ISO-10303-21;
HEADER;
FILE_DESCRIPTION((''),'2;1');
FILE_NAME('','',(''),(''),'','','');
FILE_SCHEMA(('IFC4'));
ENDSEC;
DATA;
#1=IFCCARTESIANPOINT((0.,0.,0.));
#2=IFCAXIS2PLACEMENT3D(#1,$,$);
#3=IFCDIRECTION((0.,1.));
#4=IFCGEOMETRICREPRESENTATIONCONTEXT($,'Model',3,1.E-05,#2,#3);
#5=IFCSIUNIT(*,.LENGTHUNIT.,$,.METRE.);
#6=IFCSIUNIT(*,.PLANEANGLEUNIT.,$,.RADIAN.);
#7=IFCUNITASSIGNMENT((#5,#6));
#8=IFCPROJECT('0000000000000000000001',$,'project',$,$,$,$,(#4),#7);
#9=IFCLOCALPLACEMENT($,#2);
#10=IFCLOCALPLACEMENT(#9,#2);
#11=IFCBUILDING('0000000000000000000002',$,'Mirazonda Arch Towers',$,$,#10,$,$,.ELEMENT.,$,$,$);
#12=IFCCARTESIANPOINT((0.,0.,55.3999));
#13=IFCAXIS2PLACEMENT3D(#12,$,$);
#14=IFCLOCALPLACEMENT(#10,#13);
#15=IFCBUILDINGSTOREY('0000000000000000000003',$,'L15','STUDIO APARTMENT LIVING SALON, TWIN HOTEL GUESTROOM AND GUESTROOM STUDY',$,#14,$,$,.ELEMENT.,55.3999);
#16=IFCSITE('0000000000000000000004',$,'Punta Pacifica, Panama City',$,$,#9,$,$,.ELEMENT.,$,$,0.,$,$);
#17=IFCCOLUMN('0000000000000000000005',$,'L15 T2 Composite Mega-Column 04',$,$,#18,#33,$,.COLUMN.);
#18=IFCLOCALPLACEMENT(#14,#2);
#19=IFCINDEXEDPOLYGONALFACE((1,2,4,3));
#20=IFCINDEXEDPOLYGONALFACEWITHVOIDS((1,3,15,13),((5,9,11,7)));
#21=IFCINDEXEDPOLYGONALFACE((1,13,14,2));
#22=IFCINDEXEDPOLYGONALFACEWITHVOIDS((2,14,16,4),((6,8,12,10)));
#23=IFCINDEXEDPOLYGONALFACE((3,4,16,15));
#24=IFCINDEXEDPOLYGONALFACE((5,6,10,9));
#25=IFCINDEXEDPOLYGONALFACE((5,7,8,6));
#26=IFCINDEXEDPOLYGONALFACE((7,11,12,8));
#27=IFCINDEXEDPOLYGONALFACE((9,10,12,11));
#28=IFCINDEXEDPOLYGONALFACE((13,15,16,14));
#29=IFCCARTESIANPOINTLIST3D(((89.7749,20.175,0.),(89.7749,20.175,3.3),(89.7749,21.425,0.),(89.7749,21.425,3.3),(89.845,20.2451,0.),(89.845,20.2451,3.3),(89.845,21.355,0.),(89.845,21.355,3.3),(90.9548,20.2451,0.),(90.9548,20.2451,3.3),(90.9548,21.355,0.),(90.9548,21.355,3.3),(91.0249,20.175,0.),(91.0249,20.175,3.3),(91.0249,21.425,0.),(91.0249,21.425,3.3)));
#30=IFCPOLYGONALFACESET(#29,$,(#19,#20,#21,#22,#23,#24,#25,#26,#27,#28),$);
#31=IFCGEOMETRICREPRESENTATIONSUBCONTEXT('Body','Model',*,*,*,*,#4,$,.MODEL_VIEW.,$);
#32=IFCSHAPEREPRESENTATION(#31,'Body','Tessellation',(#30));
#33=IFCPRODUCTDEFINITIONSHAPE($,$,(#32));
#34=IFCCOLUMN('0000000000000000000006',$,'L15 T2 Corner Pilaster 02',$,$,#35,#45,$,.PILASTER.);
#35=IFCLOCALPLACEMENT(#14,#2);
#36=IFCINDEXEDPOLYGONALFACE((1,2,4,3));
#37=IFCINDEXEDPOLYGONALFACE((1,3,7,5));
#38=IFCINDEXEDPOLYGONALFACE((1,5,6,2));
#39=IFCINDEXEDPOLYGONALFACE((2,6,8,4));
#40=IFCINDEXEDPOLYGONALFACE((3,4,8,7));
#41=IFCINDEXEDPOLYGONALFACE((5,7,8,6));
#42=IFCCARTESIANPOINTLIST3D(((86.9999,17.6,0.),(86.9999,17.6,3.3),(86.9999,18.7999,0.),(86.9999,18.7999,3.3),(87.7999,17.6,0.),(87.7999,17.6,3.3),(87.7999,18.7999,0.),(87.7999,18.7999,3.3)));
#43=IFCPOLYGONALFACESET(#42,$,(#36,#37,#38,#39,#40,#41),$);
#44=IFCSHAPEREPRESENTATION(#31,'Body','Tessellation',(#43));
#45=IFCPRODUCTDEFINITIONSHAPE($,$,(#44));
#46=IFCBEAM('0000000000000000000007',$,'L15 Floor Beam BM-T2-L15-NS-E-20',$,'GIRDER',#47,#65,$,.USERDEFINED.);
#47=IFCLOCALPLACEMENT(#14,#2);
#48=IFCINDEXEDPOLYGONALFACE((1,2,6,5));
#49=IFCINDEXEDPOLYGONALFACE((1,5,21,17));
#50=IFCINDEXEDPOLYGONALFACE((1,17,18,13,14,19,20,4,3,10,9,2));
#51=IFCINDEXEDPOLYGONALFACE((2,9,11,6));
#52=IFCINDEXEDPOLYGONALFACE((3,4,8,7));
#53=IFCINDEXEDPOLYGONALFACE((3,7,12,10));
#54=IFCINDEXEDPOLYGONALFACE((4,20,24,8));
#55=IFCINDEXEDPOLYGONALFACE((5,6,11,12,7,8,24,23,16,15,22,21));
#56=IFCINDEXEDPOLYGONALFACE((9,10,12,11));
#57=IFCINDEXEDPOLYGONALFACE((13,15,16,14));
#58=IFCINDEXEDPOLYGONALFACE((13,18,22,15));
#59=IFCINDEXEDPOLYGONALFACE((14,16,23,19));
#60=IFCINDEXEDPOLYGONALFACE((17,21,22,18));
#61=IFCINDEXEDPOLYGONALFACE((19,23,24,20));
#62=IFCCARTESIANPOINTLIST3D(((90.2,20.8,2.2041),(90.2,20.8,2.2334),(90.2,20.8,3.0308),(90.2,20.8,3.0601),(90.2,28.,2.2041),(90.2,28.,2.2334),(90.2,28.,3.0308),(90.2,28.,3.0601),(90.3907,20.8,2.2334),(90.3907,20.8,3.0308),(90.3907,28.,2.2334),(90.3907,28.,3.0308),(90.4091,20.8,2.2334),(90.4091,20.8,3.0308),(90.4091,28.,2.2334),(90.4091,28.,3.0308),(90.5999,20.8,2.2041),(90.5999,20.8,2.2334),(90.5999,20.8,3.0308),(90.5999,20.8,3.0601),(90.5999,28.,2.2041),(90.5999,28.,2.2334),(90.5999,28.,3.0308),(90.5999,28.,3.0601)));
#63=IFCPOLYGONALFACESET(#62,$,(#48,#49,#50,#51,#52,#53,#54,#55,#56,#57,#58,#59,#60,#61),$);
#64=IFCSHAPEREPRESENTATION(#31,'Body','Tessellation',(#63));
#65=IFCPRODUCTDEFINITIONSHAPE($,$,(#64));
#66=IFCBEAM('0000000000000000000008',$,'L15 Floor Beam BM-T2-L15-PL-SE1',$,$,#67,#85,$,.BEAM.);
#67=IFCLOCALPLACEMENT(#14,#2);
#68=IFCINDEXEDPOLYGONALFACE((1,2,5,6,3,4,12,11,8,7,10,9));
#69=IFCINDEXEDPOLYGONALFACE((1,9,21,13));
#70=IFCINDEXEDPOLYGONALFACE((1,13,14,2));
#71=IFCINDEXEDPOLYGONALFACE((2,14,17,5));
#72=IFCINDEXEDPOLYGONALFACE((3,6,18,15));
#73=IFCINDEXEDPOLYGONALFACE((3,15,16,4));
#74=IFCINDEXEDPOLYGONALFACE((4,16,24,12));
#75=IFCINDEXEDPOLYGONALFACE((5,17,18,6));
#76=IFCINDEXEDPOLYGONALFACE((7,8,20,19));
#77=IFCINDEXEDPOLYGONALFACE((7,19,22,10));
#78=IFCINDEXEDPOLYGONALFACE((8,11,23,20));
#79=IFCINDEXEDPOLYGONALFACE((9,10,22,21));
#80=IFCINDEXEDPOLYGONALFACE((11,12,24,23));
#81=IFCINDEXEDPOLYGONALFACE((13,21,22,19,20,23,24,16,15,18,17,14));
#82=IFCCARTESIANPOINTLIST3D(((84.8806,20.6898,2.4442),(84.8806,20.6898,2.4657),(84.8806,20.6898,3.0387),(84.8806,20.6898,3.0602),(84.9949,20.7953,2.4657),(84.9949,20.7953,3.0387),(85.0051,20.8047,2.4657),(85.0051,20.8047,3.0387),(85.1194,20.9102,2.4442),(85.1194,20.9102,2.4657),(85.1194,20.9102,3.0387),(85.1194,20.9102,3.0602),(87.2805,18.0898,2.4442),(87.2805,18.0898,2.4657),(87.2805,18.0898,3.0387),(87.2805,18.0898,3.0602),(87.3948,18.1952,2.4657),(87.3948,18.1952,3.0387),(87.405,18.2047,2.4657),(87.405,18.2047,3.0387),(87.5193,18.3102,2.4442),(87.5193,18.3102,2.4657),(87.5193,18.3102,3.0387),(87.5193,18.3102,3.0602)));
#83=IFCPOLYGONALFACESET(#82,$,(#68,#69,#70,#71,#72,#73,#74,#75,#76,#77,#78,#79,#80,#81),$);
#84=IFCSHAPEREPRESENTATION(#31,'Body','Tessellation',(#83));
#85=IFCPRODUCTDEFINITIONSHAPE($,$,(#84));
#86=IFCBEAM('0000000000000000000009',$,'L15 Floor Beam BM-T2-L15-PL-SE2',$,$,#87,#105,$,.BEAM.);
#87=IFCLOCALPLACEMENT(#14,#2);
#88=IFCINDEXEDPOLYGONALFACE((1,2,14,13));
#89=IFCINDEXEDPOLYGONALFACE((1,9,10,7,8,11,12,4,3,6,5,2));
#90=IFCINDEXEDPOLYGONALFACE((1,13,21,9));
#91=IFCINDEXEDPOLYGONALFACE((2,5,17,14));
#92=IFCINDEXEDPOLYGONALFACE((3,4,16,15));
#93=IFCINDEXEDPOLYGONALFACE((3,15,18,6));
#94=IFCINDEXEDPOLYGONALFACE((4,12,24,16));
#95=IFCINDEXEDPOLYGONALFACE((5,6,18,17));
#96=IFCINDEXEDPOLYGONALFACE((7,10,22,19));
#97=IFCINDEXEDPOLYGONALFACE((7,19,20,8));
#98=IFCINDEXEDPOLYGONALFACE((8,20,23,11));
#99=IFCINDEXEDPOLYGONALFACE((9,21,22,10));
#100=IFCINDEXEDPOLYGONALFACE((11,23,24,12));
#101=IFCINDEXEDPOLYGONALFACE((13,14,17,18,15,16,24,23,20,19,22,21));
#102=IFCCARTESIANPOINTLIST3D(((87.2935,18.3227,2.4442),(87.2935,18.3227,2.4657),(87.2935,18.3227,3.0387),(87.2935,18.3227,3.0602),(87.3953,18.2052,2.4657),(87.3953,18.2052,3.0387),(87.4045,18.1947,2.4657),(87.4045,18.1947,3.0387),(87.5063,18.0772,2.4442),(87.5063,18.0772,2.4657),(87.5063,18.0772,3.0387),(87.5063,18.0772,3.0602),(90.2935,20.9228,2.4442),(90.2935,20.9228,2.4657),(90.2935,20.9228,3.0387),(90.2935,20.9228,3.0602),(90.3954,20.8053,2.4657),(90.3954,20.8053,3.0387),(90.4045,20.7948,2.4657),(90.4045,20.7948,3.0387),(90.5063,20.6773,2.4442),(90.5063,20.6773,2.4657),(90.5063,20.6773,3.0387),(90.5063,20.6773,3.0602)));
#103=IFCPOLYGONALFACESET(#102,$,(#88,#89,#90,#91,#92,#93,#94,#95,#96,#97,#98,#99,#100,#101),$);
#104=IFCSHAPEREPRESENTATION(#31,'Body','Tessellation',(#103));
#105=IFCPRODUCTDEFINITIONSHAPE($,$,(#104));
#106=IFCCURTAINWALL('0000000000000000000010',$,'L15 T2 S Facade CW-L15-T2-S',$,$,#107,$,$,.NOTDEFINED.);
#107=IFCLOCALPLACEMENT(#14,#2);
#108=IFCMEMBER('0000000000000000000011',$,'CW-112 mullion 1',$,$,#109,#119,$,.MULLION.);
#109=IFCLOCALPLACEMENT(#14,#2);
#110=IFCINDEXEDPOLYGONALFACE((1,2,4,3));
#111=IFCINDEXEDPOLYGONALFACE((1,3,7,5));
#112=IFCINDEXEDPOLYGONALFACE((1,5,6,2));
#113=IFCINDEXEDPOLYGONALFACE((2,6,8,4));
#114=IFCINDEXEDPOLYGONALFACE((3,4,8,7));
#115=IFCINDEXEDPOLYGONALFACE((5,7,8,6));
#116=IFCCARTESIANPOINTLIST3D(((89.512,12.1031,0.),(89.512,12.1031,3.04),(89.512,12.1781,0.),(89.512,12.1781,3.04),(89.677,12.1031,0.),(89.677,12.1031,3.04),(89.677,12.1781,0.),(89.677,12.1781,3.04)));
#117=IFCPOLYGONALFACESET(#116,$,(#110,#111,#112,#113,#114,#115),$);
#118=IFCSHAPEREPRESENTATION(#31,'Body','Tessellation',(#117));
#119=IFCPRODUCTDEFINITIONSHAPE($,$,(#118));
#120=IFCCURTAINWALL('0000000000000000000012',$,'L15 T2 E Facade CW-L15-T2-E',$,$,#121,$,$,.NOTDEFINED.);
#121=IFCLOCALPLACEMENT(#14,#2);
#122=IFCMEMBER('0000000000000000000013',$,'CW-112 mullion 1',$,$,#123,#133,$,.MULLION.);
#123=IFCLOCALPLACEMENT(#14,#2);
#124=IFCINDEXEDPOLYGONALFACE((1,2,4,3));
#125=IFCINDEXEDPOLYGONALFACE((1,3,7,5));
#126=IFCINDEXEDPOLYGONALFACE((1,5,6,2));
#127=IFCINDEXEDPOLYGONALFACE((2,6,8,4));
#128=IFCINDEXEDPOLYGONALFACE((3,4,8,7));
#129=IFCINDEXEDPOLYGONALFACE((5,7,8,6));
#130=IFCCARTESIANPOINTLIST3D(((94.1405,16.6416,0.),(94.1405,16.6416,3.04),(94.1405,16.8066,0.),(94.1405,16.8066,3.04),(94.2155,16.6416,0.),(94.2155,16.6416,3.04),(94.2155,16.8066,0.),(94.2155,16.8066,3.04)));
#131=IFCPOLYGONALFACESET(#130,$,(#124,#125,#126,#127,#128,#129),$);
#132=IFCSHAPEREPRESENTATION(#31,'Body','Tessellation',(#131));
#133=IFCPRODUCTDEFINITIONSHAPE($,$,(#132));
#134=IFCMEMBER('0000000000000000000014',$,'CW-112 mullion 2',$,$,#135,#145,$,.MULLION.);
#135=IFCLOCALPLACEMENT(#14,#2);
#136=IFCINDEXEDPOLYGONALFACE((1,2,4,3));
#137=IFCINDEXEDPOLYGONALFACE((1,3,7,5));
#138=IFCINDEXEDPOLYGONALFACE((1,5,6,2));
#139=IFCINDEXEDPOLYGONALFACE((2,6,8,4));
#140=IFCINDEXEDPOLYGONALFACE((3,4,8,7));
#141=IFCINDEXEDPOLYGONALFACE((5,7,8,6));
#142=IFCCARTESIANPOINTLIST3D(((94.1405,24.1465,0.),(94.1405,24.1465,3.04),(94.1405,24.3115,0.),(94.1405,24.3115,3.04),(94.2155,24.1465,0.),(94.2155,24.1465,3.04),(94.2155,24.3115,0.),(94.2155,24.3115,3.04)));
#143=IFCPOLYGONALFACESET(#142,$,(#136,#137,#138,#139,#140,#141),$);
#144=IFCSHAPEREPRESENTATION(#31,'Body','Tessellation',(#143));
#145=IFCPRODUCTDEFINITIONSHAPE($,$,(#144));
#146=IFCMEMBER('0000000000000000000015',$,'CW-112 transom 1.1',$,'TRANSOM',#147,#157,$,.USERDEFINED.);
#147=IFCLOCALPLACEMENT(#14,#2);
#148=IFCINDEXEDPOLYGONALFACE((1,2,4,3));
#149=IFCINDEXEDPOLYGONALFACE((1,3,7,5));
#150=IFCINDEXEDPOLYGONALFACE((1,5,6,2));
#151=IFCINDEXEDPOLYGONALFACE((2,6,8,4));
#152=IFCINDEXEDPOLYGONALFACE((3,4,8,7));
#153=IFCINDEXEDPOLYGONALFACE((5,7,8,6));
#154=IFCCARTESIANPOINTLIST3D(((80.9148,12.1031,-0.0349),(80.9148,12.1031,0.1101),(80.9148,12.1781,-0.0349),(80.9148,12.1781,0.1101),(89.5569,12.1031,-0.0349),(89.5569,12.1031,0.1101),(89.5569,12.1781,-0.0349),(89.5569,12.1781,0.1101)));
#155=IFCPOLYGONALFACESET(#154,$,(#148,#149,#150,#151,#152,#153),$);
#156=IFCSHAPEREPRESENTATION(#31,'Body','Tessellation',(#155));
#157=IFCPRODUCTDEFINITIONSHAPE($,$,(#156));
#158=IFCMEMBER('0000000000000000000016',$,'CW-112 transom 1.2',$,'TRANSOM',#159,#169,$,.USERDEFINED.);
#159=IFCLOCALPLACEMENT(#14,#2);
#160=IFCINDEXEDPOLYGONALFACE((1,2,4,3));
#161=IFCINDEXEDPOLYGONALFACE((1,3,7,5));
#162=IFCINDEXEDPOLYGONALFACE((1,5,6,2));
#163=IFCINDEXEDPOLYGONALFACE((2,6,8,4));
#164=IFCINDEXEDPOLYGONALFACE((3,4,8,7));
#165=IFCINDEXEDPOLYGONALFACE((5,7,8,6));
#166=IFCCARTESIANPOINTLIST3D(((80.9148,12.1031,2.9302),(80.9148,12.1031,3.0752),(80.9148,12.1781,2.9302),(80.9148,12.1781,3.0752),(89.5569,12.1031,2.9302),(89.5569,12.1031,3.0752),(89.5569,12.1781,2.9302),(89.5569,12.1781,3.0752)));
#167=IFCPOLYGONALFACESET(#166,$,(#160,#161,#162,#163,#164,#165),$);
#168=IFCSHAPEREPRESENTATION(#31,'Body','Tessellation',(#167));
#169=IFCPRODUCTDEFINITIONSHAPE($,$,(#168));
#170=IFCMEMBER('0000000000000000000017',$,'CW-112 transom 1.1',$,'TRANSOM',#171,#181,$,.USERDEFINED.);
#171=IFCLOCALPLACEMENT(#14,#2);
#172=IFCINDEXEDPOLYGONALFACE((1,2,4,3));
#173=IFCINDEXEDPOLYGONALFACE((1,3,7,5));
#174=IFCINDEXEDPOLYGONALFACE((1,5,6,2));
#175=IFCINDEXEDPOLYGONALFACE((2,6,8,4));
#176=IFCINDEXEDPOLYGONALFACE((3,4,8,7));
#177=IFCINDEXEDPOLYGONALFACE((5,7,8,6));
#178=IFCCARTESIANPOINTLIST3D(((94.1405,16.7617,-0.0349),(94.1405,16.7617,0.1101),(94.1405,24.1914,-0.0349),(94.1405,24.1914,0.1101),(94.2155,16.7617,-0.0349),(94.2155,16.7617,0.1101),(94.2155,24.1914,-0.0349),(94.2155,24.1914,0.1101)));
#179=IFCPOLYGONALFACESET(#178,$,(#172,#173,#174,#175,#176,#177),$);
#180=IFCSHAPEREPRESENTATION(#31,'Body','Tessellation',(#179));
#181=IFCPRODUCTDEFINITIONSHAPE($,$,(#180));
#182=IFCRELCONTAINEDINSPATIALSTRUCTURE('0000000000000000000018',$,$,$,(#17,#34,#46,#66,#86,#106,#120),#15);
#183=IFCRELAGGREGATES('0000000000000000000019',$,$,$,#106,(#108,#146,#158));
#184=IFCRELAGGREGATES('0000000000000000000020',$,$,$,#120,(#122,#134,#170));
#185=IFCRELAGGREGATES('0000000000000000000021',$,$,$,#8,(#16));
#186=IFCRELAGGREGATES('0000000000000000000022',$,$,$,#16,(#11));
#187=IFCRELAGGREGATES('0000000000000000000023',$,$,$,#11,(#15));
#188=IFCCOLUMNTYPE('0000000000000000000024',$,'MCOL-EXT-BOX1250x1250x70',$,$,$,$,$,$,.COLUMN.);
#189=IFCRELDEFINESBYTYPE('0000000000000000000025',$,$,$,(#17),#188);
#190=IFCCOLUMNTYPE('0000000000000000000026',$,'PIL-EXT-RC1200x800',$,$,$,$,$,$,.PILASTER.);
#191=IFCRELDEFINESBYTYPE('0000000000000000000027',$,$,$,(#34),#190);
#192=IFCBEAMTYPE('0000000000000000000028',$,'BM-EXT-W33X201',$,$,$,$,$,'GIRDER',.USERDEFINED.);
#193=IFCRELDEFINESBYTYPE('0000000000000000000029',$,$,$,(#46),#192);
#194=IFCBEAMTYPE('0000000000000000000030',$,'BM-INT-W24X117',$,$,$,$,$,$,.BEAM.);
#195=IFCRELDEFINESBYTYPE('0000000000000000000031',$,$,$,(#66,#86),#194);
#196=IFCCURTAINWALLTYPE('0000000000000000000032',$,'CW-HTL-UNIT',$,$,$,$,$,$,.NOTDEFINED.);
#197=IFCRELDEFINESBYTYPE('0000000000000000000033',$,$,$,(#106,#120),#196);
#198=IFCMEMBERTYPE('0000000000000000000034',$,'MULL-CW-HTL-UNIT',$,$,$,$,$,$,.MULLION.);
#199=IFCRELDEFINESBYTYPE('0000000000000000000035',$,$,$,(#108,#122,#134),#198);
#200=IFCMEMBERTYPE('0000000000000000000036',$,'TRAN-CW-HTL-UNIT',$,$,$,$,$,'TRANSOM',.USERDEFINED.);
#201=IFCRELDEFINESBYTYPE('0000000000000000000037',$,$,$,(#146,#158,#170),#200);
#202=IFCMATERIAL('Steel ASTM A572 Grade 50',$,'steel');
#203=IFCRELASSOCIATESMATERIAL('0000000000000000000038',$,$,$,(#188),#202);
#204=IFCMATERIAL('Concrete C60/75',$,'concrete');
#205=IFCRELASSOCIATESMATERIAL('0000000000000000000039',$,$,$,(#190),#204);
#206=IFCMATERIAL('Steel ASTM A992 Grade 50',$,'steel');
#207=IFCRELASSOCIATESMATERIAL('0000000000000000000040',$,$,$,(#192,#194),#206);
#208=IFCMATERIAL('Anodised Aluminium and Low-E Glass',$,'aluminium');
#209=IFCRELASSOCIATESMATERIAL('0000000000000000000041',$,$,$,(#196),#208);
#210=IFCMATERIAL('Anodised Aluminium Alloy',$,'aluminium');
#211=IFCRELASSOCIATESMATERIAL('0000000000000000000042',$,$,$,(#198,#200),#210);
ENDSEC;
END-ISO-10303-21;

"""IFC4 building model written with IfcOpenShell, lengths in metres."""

from ifc_helpers import new_model, si_unit, direction, frame, origin, origin_2d, place, context, subcontext, project, spatial, rectangle, hollow_rectangle, i_section, extrude, material, material_profile, profile_set, type_object, element, aggregate, save


model = new_model("IFC4")

# Units and contexts
model_context = context("Model", 3, precision=1e-05, world=origin(), true_north=direction((0.0, 1.0)))
body_context = subcontext(model_context, "Body", "Model", "MODEL_VIEW")
ifc_project = project(units=[si_unit("LENGTHUNIT", "METRE"), si_unit("PLANEANGLEUNIT", "RADIAN")], contexts=[model_context])

# Site, building, storey
site_placement = place(None, origin())
site = spatial("IfcSite", under=ifc_project, at=site_placement, Name="Punta Pacifica, Panama City", CompositionType="ELEMENT", RefElevation=0.0)
building_placement = place(site_placement, origin())
building = spatial("IfcBuilding", under=site, at=building_placement, Name="Mirazonda Arch Towers", CompositionType="ELEMENT")
storey_placement = place(building_placement, frame((0.0, 0.0, 55.3999)))
storey = spatial("IfcBuildingStorey", under=building, at=storey_placement, Name="L15", Description="STUDIO APARTMENT LIVING SALON, TWIN HOTEL GUESTROOM AND GUESTROOM STUDY", CompositionType="ELEMENT", Elevation=55.3999)

# Columns
ifc_material_1 = material(Name="Steel ASTM A572 Grade 50", Category="steel")
ifc_material_profile_1 = material_profile(ifc_material_1, hollow_rectangle(XDim=1.25, YDim=1.25, WallThickness=0.0701, at=origin_2d()), Name="BOX1250x1250x70")
ifc_profile_set_1 = profile_set([ifc_material_profile_1], Name="Steel ASTM A572 Grade 50")
column_type_1 = type_object("IfcColumnType", Name="MCOL-EXT-BOX1250x1250x70", PredefinedType="COLUMN", material=ifc_profile_set_1)
column_1_placement = place(storey_placement, frame((90.3999, 20.8, 0.0), z_axis=(0.0, 0.0, 1.0), x_axis=(1.0, 0.0, 0.0)))
element("IfcColumn", 1, at=column_1_placement, inside=storey, type_object=column_type_1, Name="L15 T2 Composite Mega-Column 04", PredefinedType="COLUMN", context=body_context, shape_type="SweptSolid", body=[
    extrude(hollow_rectangle(XDim=1.25, YDim=1.25, WallThickness=0.0701, at=origin_2d()), origin(), (0.0, 0.0, 1.0), 3.3),
])
ifc_material_2 = material(Name="Concrete C60/75", Category="concrete")
ifc_material_profile_2 = material_profile(ifc_material_2, rectangle(XDim=0.8, YDim=1.2, at=origin_2d()), Name="RC1200x800")
ifc_profile_set_2 = profile_set([ifc_material_profile_2], Name="Concrete C60/75")
column_type_2 = type_object("IfcColumnType", Name="PIL-EXT-RC1200x800", PredefinedType="PILASTER", material=ifc_profile_set_2)
column_2_placement = place(storey_placement, frame((87.3999, 18.2, 0.0), z_axis=(0.0, 0.0, 1.0), x_axis=(1.0, 0.0, 0.0)))
element("IfcColumn", 2, at=column_2_placement, inside=storey, type_object=column_type_2, Name="L15 T2 Corner Pilaster 02", PredefinedType="PILASTER", context=body_context, shape_type="SweptSolid", body=[
    extrude(rectangle(XDim=0.8, YDim=1.2, at=origin_2d()), origin(), (0.0, 0.0, 1.0), 3.3),
])

# Beams
ifc_material_3 = material(Name="Steel ASTM A992 Grade 50", Category="steel")
ifc_material_profile_3 = material_profile(ifc_material_3, i_section(OverallWidth=0.3999, OverallDepth=0.856, WebThickness=0.0183, FlangeThickness=0.0293, at=origin_2d()), Name="W33X201")
ifc_profile_set_3 = profile_set([ifc_material_profile_3], Name="Steel ASTM A992 Grade 50")
beam_type_1 = type_object("IfcBeamType", Name="BM-EXT-W33X201", ElementType="GIRDER", PredefinedType="USERDEFINED", material=ifc_profile_set_3)
beam_1_placement = place(storey_placement, frame((90.3999, 20.8, 2.6321), z_axis=(0.0, 1.0, 0.0), x_axis=(-1.0, 0.0, 0.0)))
element("IfcBeam", 3, at=beam_1_placement, inside=storey, type_object=beam_type_1, Name="L15 Floor Beam BM-T2-L15-NS-E-20", ObjectType="GIRDER", PredefinedType="USERDEFINED", context=body_context, shape_type="SweptSolid", body=[
    extrude(i_section(OverallWidth=0.3999, OverallDepth=0.856, WebThickness=0.0183, FlangeThickness=0.0293, at=origin_2d()), origin(), (0.0, 0.0, 1.0), 7.2),
])
ifc_material_profile_4 = material_profile(ifc_material_3, i_section(OverallWidth=0.325, OverallDepth=0.616, WebThickness=0.0139, FlangeThickness=0.0215, at=origin_2d()), Name="W24X117")
ifc_profile_set_4 = profile_set([ifc_material_profile_4], Name="Steel ASTM A992 Grade 50")
beam_type_2 = type_object("IfcBeamType", Name="BM-INT-W24X117", PredefinedType="BEAM", material=ifc_profile_set_4)
beam_2_placement = place(storey_placement, frame((87.3999, 18.2, 2.7522), z_axis=(-0.678251, 0.73483, 0.0), x_axis=(-0.73483, -0.678251, 0.0)))
element("IfcBeam", 4, at=beam_2_placement, inside=storey, type_object=beam_type_2, Name="L15 Floor Beam BM-T2-L15-PL-SE1", PredefinedType="BEAM", context=body_context, shape_type="SweptSolid", body=[
    extrude(i_section(OverallWidth=0.325, OverallDepth=0.616, WebThickness=0.0139, FlangeThickness=0.0215, at=origin_2d()), origin(), (0.0, 0.0, 1.0), 3.5383),
])
beam_3_placement = place(storey_placement, frame((87.3999, 18.2, 2.7522), z_axis=(0.755677, 0.654945, 0.0), x_axis=(-0.654945, 0.755677, 0.0)))
element("IfcBeam", 5, at=beam_3_placement, inside=storey, type_object=beam_type_2, Name="L15 Floor Beam BM-T2-L15-PL-SE2", PredefinedType="BEAM", context=body_context, shape_type="SweptSolid", body=[
    extrude(i_section(OverallWidth=0.325, OverallDepth=0.616, WebThickness=0.0139, FlangeThickness=0.0215, at=origin_2d()), origin(), (0.0, 0.0, 1.0), 3.97),
])

# Curtain wall, member
ifc_material_4 = material(Name="Anodised Aluminium and Low-E Glass", Category="aluminium")
curtain_wall_type = type_object("IfcCurtainWallType", Name="CW-HTL-UNIT", PredefinedType="NOTDEFINED", material=ifc_material_4)
curtain_wall_1_placement = place(storey_placement, origin())
curtain_wall_1 = element("IfcCurtainWall", 6, at=curtain_wall_1_placement, inside=storey, type_object=curtain_wall_type, Name="L15 T2 S Facade CW-L15-T2-S", PredefinedType="NOTDEFINED")
ifc_material_5 = material(Name="Anodised Aluminium Alloy", Category="aluminium")
ifc_material_profile_5 = material_profile(ifc_material_5, rectangle(XDim=0.075, YDim=0.165, at=origin_2d()), Name="ALU-MULL-75x165")
ifc_profile_set_5 = profile_set([ifc_material_profile_5], Name="Anodised Aluminium Alloy")
member_type_1 = type_object("IfcMemberType", Name="MULL-CW-HTL-UNIT", PredefinedType="MULLION", material=ifc_profile_set_5)
member_1_placement = place(storey_placement, frame((89.5945, 12.1406, 0.0), z_axis=(0.0, 0.0, 1.0), x_axis=(0.0, -1.0, 0.0)))
member_1 = element("IfcMember", 7, at=member_1_placement, type_object=member_type_1, Name="CW-112 mullion 1", PredefinedType="MULLION", context=body_context, shape_type="SweptSolid", body=[
    extrude(rectangle(XDim=0.075, YDim=0.165, at=origin_2d()), origin(), (0.0, 0.0, 1.0), 3.04),
])

# Curtain wall, members
curtain_wall_2_placement = place(storey_placement, origin())
curtain_wall_2 = element("IfcCurtainWall", 8, at=curtain_wall_2_placement, inside=storey, type_object=curtain_wall_type, Name="L15 T2 E Facade CW-L15-T2-E", PredefinedType="NOTDEFINED")
member_2_placement = place(storey_placement, frame((94.178, 16.7241, 0.0), z_axis=(0.0, 0.0, 1.0), x_axis=(-1.0, 0.0, 0.0)))
member_2 = element("IfcMember", 9, at=member_2_placement, type_object=member_type_1, Name="CW-112 mullion 1", PredefinedType="MULLION", context=body_context, shape_type="SweptSolid", body=[
    extrude(rectangle(XDim=0.075, YDim=0.165, at=origin_2d()), origin(), (0.0, 0.0, 1.0), 3.04),
])
member_3_placement = place(storey_placement, frame((94.178, 24.229, 0.0), z_axis=(0.0, 0.0, 1.0), x_axis=(-1.0, 0.0, 0.0)))
member_3 = element("IfcMember", 10, at=member_3_placement, type_object=member_type_1, Name="CW-112 mullion 2", PredefinedType="MULLION", context=body_context, shape_type="SweptSolid", body=[
    extrude(rectangle(XDim=0.075, YDim=0.165, at=origin_2d()), origin(), (0.0, 0.0, 1.0), 3.04),
])

# Members
ifc_material_profile_6 = material_profile(ifc_material_5, rectangle(XDim=0.075, YDim=0.145, at=origin_2d()), Name="ALU-TRAN-75x145")
ifc_profile_set_6 = profile_set([ifc_material_profile_6], Name="Anodised Aluminium Alloy")
member_type_2 = type_object("IfcMemberType", Name="TRAN-CW-HTL-UNIT", ElementType="TRANSOM", PredefinedType="USERDEFINED", material=ifc_profile_set_6)
member_4_placement = place(storey_placement, frame((89.5569, 12.1406, 0.0376), z_axis=(-1.0, 0.0, 0.0), x_axis=(0.0, -1.0, 0.0)))
member_4 = element("IfcMember", 11, at=member_4_placement, type_object=member_type_2, Name="CW-112 transom 1.1", ObjectType="TRANSOM", PredefinedType="USERDEFINED", context=body_context, shape_type="SweptSolid", body=[
    extrude(rectangle(XDim=0.075, YDim=0.145, at=origin_2d()), origin(), (0.0, 0.0, 1.0), 8.6421),
])
member_5_placement = place(storey_placement, frame((89.5569, 12.1406, 3.0027), z_axis=(-1.0, 0.0, 0.0), x_axis=(0.0, -1.0, 0.0)))
member_5 = element("IfcMember", 12, at=member_5_placement, type_object=member_type_2, Name="CW-112 transom 1.2", ObjectType="TRANSOM", PredefinedType="USERDEFINED", context=body_context, shape_type="SweptSolid", body=[
    extrude(rectangle(XDim=0.075, YDim=0.145, at=origin_2d()), origin(), (0.0, 0.0, 1.0), 8.6421),
])
aggregate(curtain_wall_1, [member_1, member_4, member_5])
member_6_placement = place(storey_placement, frame((94.178, 16.7617, 0.0376), z_axis=(0.0, 1.0, 0.0), x_axis=(-1.0, 0.0, 0.0)))
member_6 = element("IfcMember", 13, at=member_6_placement, type_object=member_type_2, Name="CW-112 transom 1.1", ObjectType="TRANSOM", PredefinedType="USERDEFINED", context=body_context, shape_type="SweptSolid", body=[
    extrude(rectangle(XDim=0.075, YDim=0.145, at=origin_2d()), origin(), (0.0, 0.0, 1.0), 7.4297),
])

aggregate(curtain_wall_2, [member_2, member_3, member_6])

save(model, "model.ifc")
